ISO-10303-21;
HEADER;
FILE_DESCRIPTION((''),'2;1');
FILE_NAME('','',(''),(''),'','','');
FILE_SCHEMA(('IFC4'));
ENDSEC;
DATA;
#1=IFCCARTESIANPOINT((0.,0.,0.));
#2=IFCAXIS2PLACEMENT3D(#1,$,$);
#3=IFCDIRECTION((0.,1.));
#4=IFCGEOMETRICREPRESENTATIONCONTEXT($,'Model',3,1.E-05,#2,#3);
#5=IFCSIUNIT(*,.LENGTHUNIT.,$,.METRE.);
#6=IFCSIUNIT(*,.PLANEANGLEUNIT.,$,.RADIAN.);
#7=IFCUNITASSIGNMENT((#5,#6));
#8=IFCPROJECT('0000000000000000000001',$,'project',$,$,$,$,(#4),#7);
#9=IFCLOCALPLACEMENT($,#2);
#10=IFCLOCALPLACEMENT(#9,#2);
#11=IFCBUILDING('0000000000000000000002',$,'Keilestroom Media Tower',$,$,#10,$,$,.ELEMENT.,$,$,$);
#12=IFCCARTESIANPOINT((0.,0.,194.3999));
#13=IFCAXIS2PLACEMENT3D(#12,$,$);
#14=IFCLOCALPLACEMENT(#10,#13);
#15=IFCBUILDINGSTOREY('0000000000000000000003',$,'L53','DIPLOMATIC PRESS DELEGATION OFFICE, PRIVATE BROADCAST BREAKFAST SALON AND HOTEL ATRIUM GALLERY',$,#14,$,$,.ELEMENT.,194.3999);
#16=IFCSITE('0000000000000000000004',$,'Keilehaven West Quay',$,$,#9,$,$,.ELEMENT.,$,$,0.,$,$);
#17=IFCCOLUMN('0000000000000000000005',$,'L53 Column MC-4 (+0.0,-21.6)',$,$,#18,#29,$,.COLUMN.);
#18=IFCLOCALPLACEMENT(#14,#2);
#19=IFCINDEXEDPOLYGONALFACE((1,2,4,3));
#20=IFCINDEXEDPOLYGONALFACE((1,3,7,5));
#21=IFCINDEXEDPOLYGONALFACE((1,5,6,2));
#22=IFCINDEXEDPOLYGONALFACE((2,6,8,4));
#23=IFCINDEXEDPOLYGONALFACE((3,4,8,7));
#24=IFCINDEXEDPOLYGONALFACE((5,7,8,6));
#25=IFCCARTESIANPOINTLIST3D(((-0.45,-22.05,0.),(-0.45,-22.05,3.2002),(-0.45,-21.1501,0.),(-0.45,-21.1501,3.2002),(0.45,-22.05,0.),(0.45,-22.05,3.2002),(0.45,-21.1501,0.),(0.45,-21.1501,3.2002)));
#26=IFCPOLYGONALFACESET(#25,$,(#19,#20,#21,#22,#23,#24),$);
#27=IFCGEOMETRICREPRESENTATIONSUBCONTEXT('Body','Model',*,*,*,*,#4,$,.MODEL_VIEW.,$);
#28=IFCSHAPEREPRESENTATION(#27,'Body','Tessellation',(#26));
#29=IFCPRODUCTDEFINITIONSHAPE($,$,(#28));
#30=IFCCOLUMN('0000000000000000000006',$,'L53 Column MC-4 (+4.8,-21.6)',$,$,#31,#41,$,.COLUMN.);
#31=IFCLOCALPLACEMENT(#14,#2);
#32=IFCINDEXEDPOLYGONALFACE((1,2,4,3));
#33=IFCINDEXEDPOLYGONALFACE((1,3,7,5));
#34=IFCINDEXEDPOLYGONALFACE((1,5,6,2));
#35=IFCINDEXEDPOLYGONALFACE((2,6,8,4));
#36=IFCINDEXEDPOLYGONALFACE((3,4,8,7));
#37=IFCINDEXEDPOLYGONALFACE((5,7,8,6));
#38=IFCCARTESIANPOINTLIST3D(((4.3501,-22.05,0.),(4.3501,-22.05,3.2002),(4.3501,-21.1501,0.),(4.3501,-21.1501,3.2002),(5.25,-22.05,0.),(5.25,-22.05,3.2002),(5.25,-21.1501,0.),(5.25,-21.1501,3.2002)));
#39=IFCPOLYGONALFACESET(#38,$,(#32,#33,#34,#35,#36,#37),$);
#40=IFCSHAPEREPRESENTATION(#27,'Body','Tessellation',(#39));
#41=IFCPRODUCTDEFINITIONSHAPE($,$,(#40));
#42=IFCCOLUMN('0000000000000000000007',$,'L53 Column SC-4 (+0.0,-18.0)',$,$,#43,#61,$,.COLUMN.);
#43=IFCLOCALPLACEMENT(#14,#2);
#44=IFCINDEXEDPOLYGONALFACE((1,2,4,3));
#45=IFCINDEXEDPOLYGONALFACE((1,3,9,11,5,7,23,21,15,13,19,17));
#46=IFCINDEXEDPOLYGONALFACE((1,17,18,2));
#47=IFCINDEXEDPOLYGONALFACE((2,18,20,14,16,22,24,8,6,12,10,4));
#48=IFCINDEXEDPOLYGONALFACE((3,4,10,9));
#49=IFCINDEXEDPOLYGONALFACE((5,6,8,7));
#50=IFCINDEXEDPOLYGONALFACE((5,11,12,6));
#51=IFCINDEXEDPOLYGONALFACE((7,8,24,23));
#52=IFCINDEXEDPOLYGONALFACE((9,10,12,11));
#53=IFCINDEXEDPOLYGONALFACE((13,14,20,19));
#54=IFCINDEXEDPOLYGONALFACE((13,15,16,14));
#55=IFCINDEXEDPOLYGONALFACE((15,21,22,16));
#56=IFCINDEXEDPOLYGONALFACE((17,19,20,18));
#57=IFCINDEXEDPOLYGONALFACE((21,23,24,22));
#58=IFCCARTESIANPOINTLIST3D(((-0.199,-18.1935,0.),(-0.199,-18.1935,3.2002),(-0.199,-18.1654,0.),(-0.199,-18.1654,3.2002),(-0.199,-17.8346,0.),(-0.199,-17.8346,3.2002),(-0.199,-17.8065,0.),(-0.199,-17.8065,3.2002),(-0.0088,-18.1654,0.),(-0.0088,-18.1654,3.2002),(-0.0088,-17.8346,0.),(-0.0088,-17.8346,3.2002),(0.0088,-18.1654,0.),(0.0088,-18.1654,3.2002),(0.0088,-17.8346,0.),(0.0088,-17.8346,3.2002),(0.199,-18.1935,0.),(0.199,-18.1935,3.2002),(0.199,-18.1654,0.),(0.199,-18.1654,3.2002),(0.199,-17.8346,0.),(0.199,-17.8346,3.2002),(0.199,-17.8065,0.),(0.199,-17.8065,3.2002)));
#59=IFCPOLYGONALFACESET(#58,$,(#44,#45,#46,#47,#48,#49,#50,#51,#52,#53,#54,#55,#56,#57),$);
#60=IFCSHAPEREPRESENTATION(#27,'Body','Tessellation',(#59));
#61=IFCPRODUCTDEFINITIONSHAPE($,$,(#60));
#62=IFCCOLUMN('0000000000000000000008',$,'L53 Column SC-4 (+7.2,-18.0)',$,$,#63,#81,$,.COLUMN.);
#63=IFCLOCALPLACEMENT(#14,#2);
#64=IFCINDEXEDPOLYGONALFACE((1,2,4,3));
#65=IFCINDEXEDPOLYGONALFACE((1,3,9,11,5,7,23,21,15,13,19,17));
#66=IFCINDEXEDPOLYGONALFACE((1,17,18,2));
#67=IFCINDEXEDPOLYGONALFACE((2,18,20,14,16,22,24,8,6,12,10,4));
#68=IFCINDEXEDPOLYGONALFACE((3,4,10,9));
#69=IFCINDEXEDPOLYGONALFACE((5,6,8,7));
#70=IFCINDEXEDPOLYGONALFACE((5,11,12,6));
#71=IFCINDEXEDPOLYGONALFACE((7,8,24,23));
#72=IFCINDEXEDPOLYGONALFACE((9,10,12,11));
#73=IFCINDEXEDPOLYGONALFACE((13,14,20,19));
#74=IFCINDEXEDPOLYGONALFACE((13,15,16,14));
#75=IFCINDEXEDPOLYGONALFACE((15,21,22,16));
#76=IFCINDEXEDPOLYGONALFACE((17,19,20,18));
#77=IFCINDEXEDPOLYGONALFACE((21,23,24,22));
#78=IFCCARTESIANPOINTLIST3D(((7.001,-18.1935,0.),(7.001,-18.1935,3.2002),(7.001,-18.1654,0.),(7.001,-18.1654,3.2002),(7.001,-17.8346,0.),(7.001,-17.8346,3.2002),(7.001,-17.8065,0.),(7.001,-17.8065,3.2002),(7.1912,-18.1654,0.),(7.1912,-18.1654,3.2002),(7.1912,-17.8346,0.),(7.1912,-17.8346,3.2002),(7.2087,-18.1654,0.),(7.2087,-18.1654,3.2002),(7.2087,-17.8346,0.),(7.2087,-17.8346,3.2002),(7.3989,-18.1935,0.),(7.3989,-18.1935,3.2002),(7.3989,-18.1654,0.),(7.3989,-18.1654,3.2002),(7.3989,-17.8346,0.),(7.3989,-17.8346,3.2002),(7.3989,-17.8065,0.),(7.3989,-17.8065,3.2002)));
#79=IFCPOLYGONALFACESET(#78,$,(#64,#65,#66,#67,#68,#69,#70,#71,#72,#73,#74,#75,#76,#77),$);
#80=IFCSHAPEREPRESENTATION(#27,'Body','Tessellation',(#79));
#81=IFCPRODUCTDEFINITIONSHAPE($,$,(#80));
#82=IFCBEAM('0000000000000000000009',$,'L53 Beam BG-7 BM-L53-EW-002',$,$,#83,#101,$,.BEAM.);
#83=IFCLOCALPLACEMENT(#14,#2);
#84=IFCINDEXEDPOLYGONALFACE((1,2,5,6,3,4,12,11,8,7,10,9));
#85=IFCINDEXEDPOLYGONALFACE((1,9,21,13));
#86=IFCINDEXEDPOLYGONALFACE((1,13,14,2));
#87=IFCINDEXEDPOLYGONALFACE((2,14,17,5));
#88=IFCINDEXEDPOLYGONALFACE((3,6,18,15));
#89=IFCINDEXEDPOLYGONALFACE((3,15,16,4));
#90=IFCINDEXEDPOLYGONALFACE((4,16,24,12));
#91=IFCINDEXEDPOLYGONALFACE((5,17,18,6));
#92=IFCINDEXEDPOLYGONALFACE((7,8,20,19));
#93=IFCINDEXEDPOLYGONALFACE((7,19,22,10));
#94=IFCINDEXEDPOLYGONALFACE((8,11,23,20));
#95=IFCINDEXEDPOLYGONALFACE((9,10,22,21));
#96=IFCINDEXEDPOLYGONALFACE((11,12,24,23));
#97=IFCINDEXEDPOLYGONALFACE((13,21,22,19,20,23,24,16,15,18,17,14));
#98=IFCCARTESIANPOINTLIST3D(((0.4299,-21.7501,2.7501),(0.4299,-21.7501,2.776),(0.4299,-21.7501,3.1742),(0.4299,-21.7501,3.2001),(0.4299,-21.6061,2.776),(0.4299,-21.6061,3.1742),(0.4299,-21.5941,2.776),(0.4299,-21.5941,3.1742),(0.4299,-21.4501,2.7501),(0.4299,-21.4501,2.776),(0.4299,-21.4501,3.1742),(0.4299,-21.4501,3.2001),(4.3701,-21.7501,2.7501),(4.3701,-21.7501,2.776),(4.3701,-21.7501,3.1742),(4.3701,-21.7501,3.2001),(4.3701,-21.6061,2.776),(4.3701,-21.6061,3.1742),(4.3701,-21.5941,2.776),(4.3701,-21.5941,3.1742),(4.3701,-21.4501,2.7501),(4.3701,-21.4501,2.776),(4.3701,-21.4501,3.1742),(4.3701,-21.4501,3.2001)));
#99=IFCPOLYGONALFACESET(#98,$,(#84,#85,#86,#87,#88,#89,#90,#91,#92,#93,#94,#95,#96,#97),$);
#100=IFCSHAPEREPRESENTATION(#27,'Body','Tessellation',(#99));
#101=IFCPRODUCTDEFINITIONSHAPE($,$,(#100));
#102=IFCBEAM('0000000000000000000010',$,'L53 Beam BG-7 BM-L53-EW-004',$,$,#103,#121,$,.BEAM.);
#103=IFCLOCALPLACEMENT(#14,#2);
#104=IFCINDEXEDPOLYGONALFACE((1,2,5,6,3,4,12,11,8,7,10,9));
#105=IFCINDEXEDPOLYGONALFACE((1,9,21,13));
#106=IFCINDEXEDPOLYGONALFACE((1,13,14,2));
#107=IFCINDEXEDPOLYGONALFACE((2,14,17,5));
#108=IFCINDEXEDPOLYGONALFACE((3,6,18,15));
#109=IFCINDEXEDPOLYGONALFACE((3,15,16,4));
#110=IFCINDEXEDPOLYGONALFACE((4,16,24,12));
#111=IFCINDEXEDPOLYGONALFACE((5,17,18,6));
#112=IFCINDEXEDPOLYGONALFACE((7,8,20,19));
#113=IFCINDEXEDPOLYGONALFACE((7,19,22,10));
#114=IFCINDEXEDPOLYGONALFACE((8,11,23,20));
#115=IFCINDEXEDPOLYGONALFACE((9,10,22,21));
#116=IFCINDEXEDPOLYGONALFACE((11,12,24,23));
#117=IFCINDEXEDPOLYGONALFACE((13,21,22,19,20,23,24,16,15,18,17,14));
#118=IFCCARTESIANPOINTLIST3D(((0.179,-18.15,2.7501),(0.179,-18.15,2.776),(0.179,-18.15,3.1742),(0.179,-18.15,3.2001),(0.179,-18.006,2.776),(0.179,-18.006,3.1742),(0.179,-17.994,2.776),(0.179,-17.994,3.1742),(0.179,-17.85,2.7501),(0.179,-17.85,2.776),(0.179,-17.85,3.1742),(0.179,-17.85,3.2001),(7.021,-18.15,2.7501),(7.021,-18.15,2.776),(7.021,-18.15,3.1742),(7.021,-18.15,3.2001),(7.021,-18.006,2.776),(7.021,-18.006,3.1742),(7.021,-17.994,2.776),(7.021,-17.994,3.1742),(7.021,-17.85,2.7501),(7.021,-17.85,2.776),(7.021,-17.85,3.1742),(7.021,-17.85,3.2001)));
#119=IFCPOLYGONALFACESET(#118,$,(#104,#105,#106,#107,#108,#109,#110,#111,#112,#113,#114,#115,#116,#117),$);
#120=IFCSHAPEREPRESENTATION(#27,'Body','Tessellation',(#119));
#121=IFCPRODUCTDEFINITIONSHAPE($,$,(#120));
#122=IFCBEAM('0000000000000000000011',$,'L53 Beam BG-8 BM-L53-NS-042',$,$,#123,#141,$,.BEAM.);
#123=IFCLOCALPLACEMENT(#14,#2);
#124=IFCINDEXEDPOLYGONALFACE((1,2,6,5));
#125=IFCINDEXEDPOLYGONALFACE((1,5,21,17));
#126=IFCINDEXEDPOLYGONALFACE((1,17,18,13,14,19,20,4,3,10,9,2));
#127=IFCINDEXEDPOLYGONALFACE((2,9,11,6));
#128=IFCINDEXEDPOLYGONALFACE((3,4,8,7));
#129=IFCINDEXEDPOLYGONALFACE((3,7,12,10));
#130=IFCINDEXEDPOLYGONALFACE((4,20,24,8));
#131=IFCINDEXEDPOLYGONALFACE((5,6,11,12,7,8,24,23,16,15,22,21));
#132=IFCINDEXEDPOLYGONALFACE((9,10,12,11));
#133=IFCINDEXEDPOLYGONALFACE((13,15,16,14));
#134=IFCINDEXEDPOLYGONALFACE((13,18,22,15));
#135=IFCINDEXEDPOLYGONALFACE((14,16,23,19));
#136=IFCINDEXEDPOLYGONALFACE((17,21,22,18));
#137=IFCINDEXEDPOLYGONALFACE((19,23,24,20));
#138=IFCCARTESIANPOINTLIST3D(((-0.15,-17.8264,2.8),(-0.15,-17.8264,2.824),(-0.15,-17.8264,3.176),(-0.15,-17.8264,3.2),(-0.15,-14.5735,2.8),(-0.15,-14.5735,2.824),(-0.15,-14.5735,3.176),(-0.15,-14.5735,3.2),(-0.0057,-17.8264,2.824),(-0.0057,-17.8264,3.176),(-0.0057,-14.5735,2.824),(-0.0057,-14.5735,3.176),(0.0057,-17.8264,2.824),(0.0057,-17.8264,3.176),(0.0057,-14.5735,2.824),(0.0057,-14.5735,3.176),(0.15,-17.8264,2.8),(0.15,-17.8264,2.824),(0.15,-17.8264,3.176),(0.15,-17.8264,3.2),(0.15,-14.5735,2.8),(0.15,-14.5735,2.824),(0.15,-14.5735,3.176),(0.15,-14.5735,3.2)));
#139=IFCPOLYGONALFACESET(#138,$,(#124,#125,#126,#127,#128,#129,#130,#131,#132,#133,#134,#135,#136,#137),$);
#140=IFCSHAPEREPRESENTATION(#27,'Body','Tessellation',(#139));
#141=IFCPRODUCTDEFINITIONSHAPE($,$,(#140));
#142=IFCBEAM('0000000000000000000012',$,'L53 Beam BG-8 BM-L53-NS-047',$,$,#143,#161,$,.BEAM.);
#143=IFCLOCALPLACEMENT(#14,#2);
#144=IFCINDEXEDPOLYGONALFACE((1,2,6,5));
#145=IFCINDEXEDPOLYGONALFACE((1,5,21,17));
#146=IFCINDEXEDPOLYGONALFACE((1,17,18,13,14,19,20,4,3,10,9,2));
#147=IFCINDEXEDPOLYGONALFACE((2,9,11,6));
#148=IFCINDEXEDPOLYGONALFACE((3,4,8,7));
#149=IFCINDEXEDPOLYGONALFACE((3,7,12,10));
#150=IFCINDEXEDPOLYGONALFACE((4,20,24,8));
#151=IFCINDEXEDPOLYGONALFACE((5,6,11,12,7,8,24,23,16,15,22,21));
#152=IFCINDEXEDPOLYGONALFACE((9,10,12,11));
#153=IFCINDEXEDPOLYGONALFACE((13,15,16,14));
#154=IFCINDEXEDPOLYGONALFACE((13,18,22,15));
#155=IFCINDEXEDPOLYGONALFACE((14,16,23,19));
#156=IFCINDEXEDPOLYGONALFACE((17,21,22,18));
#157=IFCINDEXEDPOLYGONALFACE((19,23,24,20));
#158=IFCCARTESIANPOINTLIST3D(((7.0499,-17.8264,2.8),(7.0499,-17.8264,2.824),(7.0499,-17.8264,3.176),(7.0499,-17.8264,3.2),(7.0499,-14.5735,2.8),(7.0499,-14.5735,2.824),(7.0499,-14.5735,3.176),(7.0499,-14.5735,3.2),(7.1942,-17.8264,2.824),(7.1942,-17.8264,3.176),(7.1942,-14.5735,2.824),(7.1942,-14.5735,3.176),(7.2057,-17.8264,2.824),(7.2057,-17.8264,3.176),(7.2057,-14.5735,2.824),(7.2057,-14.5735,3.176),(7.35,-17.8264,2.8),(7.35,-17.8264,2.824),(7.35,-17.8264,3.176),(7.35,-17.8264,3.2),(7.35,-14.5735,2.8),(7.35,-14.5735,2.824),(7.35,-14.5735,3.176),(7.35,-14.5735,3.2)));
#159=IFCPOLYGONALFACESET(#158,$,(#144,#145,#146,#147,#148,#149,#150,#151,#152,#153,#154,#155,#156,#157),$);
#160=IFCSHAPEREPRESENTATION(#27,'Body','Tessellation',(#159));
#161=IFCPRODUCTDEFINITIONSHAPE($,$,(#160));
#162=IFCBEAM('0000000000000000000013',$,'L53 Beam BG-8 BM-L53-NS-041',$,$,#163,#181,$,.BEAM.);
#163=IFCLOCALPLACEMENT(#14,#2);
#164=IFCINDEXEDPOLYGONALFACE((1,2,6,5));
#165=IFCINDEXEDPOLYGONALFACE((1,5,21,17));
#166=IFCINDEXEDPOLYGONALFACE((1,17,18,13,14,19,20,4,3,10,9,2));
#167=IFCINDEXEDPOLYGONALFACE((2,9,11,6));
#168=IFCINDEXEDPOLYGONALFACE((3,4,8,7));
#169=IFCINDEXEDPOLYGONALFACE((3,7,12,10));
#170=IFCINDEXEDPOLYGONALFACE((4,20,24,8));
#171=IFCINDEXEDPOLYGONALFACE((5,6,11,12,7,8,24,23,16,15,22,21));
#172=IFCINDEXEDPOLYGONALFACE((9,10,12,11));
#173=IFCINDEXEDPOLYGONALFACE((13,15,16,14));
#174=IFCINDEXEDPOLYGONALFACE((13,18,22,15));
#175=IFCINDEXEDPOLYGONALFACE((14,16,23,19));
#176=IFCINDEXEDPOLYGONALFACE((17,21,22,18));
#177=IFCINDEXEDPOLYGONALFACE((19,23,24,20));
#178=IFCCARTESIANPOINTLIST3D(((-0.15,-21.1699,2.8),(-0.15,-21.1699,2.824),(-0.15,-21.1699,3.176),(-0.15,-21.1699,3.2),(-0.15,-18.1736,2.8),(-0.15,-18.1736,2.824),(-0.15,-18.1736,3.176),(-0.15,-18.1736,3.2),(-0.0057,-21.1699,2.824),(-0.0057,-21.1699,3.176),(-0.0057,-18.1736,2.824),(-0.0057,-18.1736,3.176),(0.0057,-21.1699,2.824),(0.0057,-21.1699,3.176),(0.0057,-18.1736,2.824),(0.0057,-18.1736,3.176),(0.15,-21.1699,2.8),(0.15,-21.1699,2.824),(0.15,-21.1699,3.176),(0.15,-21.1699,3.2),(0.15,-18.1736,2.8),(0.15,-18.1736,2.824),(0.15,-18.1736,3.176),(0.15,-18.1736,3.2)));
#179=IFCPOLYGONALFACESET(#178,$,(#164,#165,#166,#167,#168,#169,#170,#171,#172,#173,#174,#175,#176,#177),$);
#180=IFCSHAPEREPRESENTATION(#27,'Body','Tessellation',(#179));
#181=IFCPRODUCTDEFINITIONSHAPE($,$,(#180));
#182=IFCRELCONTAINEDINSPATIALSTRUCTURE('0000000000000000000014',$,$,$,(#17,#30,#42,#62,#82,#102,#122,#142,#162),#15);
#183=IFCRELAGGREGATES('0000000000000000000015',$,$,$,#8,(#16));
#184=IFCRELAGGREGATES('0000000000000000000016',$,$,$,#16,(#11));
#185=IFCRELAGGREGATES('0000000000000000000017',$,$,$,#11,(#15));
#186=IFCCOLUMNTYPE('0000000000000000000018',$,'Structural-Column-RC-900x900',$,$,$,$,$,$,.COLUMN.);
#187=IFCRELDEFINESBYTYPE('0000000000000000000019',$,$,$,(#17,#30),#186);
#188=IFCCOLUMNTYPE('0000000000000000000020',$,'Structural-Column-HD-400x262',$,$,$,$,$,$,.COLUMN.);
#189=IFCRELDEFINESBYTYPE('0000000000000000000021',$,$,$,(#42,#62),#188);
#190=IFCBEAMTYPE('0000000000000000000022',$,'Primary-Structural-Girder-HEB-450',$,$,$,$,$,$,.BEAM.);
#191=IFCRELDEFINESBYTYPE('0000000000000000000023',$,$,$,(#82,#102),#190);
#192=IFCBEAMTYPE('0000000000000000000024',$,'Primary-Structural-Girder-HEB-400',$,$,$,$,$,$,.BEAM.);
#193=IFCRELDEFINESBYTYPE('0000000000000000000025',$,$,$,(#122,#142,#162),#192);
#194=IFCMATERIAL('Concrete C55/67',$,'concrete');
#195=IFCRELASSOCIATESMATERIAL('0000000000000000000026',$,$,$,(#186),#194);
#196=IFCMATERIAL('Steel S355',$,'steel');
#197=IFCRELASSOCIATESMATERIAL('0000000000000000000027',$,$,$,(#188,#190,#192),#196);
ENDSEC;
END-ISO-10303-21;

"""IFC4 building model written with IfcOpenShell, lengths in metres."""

from ifc_helpers import new_model, si_unit, direction, frame, origin, origin_2d, place, context, subcontext, project, spatial, rectangle, i_section, extrude, source, transform, mapped, material, material_profile, profile_set, type_object, element, save


model = new_model("IFC4")

# Units and contexts
model_context = context("Model", 3, precision=1e-05, world=origin(), true_north=direction((0.0, 1.0)))
body_context = subcontext(model_context, "Body", "Model", "MODEL_VIEW")
ifc_project = project(units=[si_unit("LENGTHUNIT", "METRE"), si_unit("PLANEANGLEUNIT", "RADIAN")], contexts=[model_context])

# Site, building, storey
site_placement = place(None, origin())
site = spatial("IfcSite", under=ifc_project, at=site_placement, Name="Keilehaven West Quay", CompositionType="ELEMENT", RefElevation=0.0)
building_placement = place(site_placement, origin())
building = spatial("IfcBuilding", under=site, at=building_placement, Name="Keilestroom Media Tower", CompositionType="ELEMENT")
storey_placement = place(building_placement, frame((0.0, 0.0, 194.3999)))
storey = spatial("IfcBuildingStorey", under=building, at=storey_placement, Name="L53", Description="DIPLOMATIC PRESS DELEGATION OFFICE, PRIVATE BROADCAST BREAKFAST SALON AND HOTEL ATRIUM GALLERY", CompositionType="ELEMENT", Elevation=194.3999)

# Columns
ifc_material_1 = material(Name="Concrete C55/67", Category="concrete")
ifc_material_profile_1 = material_profile(ifc_material_1, rectangle(XDim=0.8999, YDim=0.8999, at=origin_2d()), Name="RC 900x900")
ifc_profile_set_1 = profile_set([ifc_material_profile_1], Name="Concrete C55/67")
column_type_1 = type_object("IfcColumnType", Name="Structural-Column-RC-900x900", PredefinedType="COLUMN", material=ifc_profile_set_1)
shared_shape_1 = source(origin(), body_context, "Body", "SweptSolid", [
    extrude(rectangle(XDim=0.8999, YDim=0.8999, at=origin_2d()), origin(), (0.0, 0.0, 1.0), 3.2002),
])
for number, where, z_axis, x_axis, name in (
    (1, (0.0, -21.6001, 0.0), (0.0, 0.0, 1.0), (1.0, 0.0, 0.0), "L53 Column MC-4 (+0.0,-21.6)"),
    (2, (4.8, -21.6001, 0.0), (0.0, 0.0, 1.0), (1.0, 0.0, 0.0), "L53 Column MC-4 (+4.8,-21.6)"),
):
    element("IfcColumn", number, at=place(storey_placement, frame(where, z_axis=z_axis, x_axis=x_axis)), inside=storey, type_object=column_type_1, Name=name, PredefinedType="COLUMN", context=body_context, shape_type="MappedRepresentation", body=[
        mapped(shared_shape_1, transform((0.0, 0.0, 0.0), x_axis=(1.0, 0.0, 0.0), y_axis=(0.0, 1.0, 0.0), z_axis=(0.0, 0.0, 1.0), scale=1.0)),
    ])
ifc_material_2 = material(Name="Steel S355", Category="steel")
ifc_material_profile_2 = material_profile(ifc_material_2, i_section(OverallWidth=0.3979, OverallDepth=0.387, WebThickness=0.0176, FlangeThickness=0.0281, at=origin_2d()), Name="HD 400x262")
ifc_profile_set_2 = profile_set([ifc_material_profile_2], Name="Steel S355")
column_type_2 = type_object("IfcColumnType", Name="Structural-Column-HD-400x262", PredefinedType="COLUMN", material=ifc_profile_set_2)
shared_shape_2 = source(origin(), body_context, "Body", "SweptSolid", [
    extrude(i_section(OverallWidth=0.3979, OverallDepth=0.387, WebThickness=0.0176, FlangeThickness=0.0281, at=origin_2d()), origin(), (0.0, 0.0, 1.0), 3.2002),
])
for number, where, z_axis, x_axis, name in (
    (3, (0.0, -18.0, 0.0), (0.0, 0.0, 1.0), (1.0, 0.0, 0.0), "L53 Column SC-4 (+0.0,-18.0)"),
    (4, (7.2, -18.0, 0.0), (0.0, 0.0, 1.0), (1.0, 0.0, 0.0), "L53 Column SC-4 (+7.2,-18.0)"),
):
    element("IfcColumn", number, at=place(storey_placement, frame(where, z_axis=z_axis, x_axis=x_axis)), inside=storey, type_object=column_type_2, Name=name, PredefinedType="COLUMN", context=body_context, shape_type="MappedRepresentation", body=[
        mapped(shared_shape_2, transform((0.0, 0.0, 0.0), x_axis=(1.0, 0.0, 0.0), y_axis=(0.0, 1.0, 0.0), z_axis=(0.0, 0.0, 1.0), scale=1.0)),
    ])

# Beams
ifc_material_profile_3 = material_profile(ifc_material_2, i_section(OverallWidth=0.3, OverallDepth=0.45, WebThickness=0.012, FlangeThickness=0.0259, at=origin_2d()), Name="HEB 450")
ifc_profile_set_3 = profile_set([ifc_material_profile_3], Name="Steel S355")
beam_type_1 = type_object("IfcBeamType", Name="Primary-Structural-Girder-HEB-450", PredefinedType="BEAM", material=ifc_profile_set_3)
shared_shape_3 = source(origin(), body_context, "Body", "SweptSolid", [
    extrude(i_section(OverallWidth=0.3, OverallDepth=0.45, WebThickness=0.012, FlangeThickness=0.0259, at=origin_2d()), origin(), (0.0, 0.0, 1.0), 3.9402),
])
beam_1_placement = place(storey_placement, frame((0.4299, -21.6001, 2.9751), z_axis=(1.0, 0.0, 0.0), x_axis=(0.0, 1.0, 0.0)))
element("IfcBeam", 5, at=beam_1_placement, inside=storey, type_object=beam_type_1, Name="L53 Beam BG-7 BM-L53-EW-002", PredefinedType="BEAM", context=body_context, shape_type="MappedRepresentation", body=[
    mapped(shared_shape_3, transform((0.0, 0.0, 0.0), x_axis=(1.0, 0.0, 0.0), y_axis=(0.0, 1.0, 0.0), z_axis=(0.0, 0.0, 1.0), scale=1.0)),
])
shared_shape_4 = source(origin(), body_context, "Body", "SweptSolid", [
    extrude(i_section(OverallWidth=0.3, OverallDepth=0.45, WebThickness=0.012, FlangeThickness=0.0259, at=origin_2d()), origin(), (0.0, 0.0, 1.0), 6.842),
])
beam_2_placement = place(storey_placement, frame((0.179, -18.0, 2.9751), z_axis=(1.0, 0.0, 0.0), x_axis=(0.0, 1.0, 0.0)))
element("IfcBeam", 6, at=beam_2_placement, inside=storey, type_object=beam_type_1, Name="L53 Beam BG-7 BM-L53-EW-004", PredefinedType="BEAM", context=body_context, shape_type="MappedRepresentation", body=[
    mapped(shared_shape_4, transform((0.0, 0.0, 0.0), x_axis=(1.0, 0.0, 0.0), y_axis=(0.0, 1.0, 0.0), z_axis=(0.0, 0.0, 1.0), scale=1.0)),
])
ifc_material_profile_4 = material_profile(ifc_material_2, i_section(OverallWidth=0.3, OverallDepth=0.3999, WebThickness=0.0115, FlangeThickness=0.0239, at=origin_2d()), Name="HEB 400")
ifc_profile_set_4 = profile_set([ifc_material_profile_4], Name="Steel S355")
beam_type_2 = type_object("IfcBeamType", Name="Primary-Structural-Girder-HEB-400", PredefinedType="BEAM", material=ifc_profile_set_4)
shared_shape_5 = source(origin(), body_context, "Body", "SweptSolid", [
    extrude(i_section(OverallWidth=0.3, OverallDepth=0.3999, WebThickness=0.0115, FlangeThickness=0.0239, at=origin_2d()), origin(), (0.0, 0.0, 1.0), 3.2529),
])
for number, where, z_axis, x_axis, name in (
    (7, (0.0, -17.8264, 3.0), (0.0, 1.0, 0.0), (-1.0, 0.0, 0.0), "L53 Beam BG-8 BM-L53-NS-042"),
    (8, (7.2, -17.8264, 3.0), (0.0, 1.0, 0.0), (-1.0, 0.0, 0.0), "L53 Beam BG-8 BM-L53-NS-047"),
):
    element("IfcBeam", number, at=place(storey_placement, frame(where, z_axis=z_axis, x_axis=x_axis)), inside=storey, type_object=beam_type_2, Name=name, PredefinedType="BEAM", context=body_context, shape_type="MappedRepresentation", body=[
        mapped(shared_shape_5, transform((0.0, 0.0, 0.0), x_axis=(1.0, 0.0, 0.0), y_axis=(0.0, 1.0, 0.0), z_axis=(0.0, 0.0, 1.0), scale=1.0)),
    ])
shared_shape_6 = source(origin(), body_context, "Body", "SweptSolid", [
    extrude(i_section(OverallWidth=0.3, OverallDepth=0.3999, WebThickness=0.0115, FlangeThickness=0.0239, at=origin_2d()), origin(), (0.0, 0.0, 1.0), 2.9963),
])
beam_3_placement = place(storey_placement, frame((0.0, -21.1699, 3.0), z_axis=(0.0, 1.0, 0.0), x_axis=(-1.0, 0.0, 0.0)))
element("IfcBeam", 9, at=beam_3_placement, inside=storey, type_object=beam_type_2, Name="L53 Beam BG-8 BM-L53-NS-041", PredefinedType="BEAM", context=body_context, shape_type="MappedRepresentation", body=[
    mapped(shared_shape_6, transform((0.0, 0.0, 0.0), x_axis=(1.0, 0.0, 0.0), y_axis=(0.0, 1.0, 0.0), z_axis=(0.0, 0.0, 1.0), scale=1.0)),
])

save(model, "model.ifc")
